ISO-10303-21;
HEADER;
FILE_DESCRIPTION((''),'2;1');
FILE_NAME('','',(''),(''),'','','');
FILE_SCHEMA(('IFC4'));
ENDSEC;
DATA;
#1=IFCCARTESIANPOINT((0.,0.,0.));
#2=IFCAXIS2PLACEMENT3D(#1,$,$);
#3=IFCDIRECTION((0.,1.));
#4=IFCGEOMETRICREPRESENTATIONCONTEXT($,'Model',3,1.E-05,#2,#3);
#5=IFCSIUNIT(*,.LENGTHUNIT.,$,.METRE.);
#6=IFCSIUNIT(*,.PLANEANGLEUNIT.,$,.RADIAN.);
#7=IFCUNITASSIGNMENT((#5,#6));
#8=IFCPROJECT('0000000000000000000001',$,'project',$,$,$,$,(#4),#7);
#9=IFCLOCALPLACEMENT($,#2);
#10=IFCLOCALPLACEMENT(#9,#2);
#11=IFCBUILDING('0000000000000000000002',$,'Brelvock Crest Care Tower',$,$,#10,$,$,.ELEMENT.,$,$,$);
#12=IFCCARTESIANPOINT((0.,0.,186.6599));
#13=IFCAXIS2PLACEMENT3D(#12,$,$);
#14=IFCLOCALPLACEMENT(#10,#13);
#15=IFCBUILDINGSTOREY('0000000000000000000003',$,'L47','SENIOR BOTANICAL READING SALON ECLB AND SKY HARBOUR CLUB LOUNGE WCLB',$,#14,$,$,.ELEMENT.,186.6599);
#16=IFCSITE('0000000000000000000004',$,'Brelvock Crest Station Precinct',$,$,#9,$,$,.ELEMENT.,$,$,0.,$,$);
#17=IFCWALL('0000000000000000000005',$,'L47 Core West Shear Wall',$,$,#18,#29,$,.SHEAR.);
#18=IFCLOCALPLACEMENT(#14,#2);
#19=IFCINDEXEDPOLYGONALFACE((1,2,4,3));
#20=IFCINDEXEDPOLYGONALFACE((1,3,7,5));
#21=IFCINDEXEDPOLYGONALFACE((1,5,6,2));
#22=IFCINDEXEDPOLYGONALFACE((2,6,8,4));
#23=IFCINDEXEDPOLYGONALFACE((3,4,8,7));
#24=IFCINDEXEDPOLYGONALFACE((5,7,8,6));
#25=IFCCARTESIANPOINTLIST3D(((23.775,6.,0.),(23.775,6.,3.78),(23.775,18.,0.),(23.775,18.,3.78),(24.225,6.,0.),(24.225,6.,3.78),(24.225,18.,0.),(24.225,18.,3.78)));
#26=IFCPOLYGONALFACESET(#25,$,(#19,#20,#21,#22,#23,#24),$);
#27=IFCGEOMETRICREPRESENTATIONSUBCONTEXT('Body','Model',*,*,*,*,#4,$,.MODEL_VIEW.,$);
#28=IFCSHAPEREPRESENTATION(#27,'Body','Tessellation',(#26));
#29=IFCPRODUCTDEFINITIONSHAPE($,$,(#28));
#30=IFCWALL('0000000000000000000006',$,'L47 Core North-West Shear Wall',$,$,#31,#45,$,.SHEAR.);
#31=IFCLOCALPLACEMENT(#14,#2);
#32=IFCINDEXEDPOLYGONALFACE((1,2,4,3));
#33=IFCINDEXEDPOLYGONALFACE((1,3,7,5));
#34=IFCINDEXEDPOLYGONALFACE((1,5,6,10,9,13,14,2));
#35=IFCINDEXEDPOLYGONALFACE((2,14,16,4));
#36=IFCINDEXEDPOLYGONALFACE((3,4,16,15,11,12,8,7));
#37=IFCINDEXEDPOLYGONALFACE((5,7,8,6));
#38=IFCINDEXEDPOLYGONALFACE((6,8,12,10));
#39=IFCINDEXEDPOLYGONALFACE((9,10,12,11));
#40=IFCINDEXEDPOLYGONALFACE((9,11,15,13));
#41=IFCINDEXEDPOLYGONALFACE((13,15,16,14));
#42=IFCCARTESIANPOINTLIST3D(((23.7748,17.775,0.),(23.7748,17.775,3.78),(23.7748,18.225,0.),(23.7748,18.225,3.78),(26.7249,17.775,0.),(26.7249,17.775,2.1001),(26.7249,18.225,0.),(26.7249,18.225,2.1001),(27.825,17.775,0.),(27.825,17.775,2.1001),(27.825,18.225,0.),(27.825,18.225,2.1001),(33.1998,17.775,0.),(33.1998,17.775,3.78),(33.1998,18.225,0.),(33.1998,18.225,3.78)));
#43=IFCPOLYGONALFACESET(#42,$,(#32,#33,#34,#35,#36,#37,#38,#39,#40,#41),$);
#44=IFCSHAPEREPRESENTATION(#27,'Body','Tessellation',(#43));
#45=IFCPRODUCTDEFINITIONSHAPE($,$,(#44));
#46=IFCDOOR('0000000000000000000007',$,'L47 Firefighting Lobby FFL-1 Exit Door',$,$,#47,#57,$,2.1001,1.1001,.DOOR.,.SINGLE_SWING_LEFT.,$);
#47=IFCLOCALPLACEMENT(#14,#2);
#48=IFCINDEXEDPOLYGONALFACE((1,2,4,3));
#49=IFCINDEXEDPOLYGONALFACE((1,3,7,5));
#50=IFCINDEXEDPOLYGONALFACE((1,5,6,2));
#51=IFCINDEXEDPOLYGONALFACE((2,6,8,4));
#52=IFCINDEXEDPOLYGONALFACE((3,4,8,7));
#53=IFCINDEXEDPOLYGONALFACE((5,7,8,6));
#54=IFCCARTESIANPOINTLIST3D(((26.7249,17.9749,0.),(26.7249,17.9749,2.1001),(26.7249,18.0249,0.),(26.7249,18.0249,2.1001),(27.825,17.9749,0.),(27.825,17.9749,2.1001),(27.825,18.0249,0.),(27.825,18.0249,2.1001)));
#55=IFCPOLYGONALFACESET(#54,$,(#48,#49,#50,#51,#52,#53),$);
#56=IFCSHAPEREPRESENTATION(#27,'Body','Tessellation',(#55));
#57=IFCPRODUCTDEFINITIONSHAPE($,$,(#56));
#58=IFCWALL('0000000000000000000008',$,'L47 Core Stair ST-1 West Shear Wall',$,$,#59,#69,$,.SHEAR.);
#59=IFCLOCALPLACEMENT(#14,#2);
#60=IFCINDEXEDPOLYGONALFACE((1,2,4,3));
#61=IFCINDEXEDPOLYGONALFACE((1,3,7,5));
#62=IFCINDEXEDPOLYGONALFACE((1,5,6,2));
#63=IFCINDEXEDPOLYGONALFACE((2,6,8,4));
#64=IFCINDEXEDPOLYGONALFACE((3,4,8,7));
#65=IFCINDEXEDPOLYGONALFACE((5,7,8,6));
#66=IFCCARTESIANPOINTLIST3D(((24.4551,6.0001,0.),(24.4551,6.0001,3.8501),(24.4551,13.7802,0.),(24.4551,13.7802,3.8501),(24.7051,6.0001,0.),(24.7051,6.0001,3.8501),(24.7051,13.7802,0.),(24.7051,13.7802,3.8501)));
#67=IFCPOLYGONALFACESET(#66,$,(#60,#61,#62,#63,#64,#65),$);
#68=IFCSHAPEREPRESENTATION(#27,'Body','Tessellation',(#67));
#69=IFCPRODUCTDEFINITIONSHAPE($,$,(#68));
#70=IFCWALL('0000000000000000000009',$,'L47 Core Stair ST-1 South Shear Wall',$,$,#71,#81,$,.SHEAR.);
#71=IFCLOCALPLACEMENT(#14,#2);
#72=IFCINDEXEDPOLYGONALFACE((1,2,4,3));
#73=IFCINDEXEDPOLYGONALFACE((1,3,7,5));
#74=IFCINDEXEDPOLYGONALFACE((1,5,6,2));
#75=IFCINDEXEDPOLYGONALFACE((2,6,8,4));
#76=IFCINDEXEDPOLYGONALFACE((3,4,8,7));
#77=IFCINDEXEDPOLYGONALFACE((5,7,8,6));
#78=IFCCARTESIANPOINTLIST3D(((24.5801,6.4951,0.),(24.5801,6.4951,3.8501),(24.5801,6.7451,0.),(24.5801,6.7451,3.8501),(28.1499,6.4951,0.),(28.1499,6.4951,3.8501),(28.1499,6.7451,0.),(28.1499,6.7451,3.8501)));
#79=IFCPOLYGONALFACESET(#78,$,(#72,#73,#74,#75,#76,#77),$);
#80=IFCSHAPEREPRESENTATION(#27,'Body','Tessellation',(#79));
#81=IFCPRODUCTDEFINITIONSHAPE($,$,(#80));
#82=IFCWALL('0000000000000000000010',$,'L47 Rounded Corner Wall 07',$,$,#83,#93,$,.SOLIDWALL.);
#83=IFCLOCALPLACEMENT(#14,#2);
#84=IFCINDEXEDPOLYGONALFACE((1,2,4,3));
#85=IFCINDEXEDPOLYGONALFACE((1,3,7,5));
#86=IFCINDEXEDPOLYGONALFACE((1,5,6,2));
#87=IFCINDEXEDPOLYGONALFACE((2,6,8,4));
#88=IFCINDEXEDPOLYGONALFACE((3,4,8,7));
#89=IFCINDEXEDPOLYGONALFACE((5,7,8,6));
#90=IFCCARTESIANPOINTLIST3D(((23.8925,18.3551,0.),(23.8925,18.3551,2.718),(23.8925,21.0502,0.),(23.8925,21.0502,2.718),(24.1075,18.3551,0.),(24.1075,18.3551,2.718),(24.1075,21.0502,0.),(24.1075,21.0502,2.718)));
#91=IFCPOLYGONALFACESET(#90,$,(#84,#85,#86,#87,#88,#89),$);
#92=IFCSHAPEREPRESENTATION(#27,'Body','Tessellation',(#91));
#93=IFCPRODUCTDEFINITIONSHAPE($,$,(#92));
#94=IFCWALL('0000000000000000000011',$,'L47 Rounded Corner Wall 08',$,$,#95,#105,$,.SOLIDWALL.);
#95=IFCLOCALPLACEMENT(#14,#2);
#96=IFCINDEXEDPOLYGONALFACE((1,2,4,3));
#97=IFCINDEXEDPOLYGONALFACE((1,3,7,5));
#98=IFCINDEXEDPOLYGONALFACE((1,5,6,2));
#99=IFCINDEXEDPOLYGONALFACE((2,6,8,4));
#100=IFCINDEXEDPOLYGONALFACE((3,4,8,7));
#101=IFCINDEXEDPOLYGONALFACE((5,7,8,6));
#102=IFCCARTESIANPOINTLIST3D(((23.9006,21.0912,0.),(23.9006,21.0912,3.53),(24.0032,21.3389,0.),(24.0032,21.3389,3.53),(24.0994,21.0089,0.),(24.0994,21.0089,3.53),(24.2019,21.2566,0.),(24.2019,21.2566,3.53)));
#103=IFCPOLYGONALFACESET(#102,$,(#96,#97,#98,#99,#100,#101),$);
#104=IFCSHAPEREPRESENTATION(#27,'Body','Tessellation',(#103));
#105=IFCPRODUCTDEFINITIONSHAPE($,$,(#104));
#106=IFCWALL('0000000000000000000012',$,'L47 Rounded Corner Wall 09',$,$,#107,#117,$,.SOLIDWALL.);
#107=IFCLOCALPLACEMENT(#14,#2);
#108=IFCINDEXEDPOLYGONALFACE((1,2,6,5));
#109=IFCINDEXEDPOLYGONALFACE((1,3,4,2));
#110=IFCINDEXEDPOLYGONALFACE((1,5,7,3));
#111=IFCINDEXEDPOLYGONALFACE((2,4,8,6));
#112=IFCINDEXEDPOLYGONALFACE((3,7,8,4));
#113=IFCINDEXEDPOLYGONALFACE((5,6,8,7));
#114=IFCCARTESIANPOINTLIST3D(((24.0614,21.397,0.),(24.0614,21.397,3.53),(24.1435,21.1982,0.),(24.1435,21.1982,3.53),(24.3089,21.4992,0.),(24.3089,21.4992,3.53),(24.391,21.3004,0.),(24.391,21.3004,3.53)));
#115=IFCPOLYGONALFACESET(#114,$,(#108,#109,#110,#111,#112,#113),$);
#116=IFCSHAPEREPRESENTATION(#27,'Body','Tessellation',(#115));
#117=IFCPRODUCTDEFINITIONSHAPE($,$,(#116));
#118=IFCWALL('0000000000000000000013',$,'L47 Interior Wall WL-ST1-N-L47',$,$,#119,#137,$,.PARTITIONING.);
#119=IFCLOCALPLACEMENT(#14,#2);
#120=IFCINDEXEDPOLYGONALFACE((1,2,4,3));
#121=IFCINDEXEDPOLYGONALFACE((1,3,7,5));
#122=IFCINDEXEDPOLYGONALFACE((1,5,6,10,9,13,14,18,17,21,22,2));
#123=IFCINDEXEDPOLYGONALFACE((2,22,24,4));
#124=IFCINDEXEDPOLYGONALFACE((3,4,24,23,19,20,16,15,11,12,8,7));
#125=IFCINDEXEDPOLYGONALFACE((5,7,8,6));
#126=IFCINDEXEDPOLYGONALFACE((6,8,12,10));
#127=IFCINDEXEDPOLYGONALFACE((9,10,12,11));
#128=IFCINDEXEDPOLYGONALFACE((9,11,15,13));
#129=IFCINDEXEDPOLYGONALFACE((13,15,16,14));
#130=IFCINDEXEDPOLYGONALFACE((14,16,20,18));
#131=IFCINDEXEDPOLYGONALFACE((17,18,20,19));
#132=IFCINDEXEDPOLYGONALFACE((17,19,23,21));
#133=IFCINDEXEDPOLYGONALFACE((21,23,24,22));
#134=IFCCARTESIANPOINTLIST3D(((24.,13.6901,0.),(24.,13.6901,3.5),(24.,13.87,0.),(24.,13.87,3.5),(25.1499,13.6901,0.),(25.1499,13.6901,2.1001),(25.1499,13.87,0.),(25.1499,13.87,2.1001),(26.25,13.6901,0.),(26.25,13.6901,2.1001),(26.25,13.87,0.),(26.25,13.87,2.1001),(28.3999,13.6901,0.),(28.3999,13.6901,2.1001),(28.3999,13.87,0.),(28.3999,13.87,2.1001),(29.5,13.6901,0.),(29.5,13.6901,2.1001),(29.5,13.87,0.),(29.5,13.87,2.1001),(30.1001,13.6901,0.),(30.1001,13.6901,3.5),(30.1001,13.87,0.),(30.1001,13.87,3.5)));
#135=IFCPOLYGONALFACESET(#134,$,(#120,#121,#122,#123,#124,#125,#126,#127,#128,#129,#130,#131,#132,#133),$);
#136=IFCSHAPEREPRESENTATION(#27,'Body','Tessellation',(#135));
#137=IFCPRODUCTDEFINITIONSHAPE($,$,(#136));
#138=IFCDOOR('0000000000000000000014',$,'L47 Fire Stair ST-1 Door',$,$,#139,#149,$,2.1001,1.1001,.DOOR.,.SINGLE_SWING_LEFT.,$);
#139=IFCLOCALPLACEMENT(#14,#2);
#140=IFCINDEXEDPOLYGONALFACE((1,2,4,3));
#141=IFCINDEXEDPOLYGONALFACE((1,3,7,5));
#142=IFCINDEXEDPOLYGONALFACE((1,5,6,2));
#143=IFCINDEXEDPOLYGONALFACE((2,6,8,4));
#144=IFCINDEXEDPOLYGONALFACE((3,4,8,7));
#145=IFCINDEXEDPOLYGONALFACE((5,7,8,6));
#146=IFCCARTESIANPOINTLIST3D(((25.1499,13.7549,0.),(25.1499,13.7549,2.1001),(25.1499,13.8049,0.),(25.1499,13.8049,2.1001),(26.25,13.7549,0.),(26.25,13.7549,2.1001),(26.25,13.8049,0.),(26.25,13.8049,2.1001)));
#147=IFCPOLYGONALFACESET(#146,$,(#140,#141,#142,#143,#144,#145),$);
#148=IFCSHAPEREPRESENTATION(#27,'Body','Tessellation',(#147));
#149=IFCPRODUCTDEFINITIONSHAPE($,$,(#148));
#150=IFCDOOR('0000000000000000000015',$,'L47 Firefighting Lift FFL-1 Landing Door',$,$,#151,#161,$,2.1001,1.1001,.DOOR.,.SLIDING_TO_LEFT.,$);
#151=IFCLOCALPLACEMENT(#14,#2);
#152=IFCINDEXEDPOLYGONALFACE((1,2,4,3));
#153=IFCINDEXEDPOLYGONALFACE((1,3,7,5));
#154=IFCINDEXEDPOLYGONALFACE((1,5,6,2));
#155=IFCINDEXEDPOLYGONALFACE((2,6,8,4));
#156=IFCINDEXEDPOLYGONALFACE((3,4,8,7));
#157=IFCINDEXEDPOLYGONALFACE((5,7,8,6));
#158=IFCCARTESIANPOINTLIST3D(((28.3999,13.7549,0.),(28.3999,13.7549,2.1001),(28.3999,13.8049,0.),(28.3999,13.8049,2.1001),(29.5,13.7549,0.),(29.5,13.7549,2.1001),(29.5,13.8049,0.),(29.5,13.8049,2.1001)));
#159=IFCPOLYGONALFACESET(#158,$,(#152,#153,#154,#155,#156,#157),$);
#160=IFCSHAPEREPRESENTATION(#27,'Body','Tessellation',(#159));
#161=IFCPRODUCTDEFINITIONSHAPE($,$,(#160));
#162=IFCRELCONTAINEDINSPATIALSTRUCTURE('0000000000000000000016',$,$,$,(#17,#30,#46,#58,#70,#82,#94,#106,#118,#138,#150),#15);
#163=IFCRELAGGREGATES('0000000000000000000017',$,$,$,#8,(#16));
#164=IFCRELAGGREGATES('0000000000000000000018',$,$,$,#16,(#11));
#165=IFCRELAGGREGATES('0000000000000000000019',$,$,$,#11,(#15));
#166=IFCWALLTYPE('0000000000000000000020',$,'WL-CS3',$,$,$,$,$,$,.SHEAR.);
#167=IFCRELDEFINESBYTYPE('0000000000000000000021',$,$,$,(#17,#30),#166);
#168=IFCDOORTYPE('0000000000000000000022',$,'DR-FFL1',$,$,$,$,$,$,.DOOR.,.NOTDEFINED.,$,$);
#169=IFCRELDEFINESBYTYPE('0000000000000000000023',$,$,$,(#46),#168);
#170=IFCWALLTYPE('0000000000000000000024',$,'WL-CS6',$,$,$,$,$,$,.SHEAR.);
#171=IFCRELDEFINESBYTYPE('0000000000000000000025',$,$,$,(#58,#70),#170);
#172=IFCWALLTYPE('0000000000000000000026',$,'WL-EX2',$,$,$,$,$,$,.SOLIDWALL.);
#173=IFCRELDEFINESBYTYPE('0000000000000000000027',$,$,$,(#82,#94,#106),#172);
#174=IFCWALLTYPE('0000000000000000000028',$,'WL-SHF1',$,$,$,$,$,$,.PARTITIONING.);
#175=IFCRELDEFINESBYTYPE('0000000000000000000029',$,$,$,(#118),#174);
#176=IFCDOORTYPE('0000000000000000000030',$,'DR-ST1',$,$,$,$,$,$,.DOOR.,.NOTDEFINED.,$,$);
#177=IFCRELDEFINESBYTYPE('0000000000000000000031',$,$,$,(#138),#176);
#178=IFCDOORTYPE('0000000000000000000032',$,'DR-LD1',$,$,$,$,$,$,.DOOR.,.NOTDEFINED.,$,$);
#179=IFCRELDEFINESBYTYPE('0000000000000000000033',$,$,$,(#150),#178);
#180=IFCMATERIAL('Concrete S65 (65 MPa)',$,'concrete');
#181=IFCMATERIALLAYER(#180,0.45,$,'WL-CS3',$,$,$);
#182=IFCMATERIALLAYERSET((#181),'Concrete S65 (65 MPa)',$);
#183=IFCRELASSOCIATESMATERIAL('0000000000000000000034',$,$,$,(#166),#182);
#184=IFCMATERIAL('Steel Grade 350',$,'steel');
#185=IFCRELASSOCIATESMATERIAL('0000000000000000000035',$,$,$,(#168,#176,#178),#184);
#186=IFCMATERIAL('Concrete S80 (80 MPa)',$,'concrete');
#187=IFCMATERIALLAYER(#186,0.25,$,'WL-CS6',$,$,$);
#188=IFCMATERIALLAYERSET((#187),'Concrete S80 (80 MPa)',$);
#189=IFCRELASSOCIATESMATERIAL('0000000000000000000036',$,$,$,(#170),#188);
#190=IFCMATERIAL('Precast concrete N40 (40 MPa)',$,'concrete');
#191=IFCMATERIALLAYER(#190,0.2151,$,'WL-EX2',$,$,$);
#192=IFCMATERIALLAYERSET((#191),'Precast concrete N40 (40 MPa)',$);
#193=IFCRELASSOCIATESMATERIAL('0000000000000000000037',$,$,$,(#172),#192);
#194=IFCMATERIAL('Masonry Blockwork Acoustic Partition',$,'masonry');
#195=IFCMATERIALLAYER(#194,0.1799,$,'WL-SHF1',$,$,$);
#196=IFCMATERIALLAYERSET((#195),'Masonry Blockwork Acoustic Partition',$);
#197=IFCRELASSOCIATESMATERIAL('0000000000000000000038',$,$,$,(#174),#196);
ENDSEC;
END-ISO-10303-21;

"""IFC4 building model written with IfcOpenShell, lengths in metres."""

from ifc_helpers import new_model, si_unit, direction, frame, frame_2d, origin, origin_2d, place, context, subcontext, project, spatial, rectangle, extrude, source, transform, mapped, material, layer, layer_set, type_object, element, fill, save


model = new_model("IFC4")

# Units and contexts
model_context = context("Model", 3, precision=1e-05, world=origin(), true_north=direction((0.0, 1.0)))
body_context = subcontext(model_context, "Body", "Model", "MODEL_VIEW")
ifc_project = project(units=[si_unit("LENGTHUNIT", "METRE"), si_unit("PLANEANGLEUNIT", "RADIAN")], contexts=[model_context])

# Site, building, storey
site_placement = place(None, origin())
site = spatial("IfcSite", under=ifc_project, at=site_placement, Name="Brelvock Crest Station Precinct", CompositionType="ELEMENT", RefElevation=0.0)
building_placement = place(site_placement, origin())
building = spatial("IfcBuilding", under=site, at=building_placement, Name="Brelvock Crest Care Tower", CompositionType="ELEMENT")
storey_placement = place(building_placement, frame((0.0, 0.0, 186.6599)))
storey = spatial("IfcBuildingStorey", under=building, at=storey_placement, Name="L47", Description="SENIOR BOTANICAL READING SALON ECLB AND SKY HARBOUR CLUB LOUNGE WCLB", CompositionType="ELEMENT", Elevation=186.6599)

# Shared definitions
ifc_material_1 = material(Name="Concrete S65 (65 MPa)", Category="concrete")

# Shared definitions
ifc_material_2 = material(Name="Steel Grade 350", Category="steel")

# Wall
ifc_layer_1 = layer(ifc_material_1, 0.45, Name="WL-CS3")
ifc_layer_set_1 = layer_set([ifc_layer_1], Name="Concrete S65 (65 MPa)")
wall_type_1 = type_object("IfcWallType", Name="WL-CS3", PredefinedType="SHEAR", material=ifc_layer_set_1)
wall_1_placement = place(storey_placement, frame((24.0, 6.0, 0.0), z_axis=(0.0, 0.0, 1.0), x_axis=(0.0, 1.0, 0.0)))
element("IfcWall", 1, at=wall_1_placement, inside=storey, type_object=wall_type_1, Name="L47 Core West Shear Wall", PredefinedType="SHEAR", context=body_context, shape_type="SweptSolid", body=[
    extrude(rectangle(XDim=12.0, YDim=0.45, at=frame_2d((6.0, 0.0))), origin(), (0.0, 0.0, 1.0), 3.78),
])

# Wall, opening, door
wall_2_placement = place(storey_placement, frame((23.7749, 18.0, 0.0), z_axis=(0.0, 0.0, 1.0), x_axis=(1.0, 0.0, 0.0)))
wall_2 = element("IfcWall", 2, at=wall_2_placement, inside=storey, type_object=wall_type_1, Name="L47 Core North-West Shear Wall", PredefinedType="SHEAR", context=body_context, shape_type="SweptSolid", body=[
    extrude(rectangle(XDim=9.425, YDim=0.45, at=frame_2d((4.7124, 0.0))), origin(), (0.0, 0.0, 1.0), 3.78),
])
opening_1_placement = place(wall_2_placement, frame((2.95, 0.0, 0.0)))
opening_1 = element("IfcOpeningElement", 3, at=opening_1_placement, cuts=wall_2, PredefinedType="OPENING", context=body_context, shape_type="SweptSolid", body=[
    extrude(rectangle(XDim=1.1001, YDim=2.1001, at=origin_2d()), frame((0.55, 0.2349, 1.05), z_axis=(0.0, -1.0, 0.0), x_axis=(1.0, 0.0, 0.0)), (0.0, 0.0, 1.0), 0.47),
])
door_type_1 = type_object("IfcDoorType", Name="DR-FFL1", OperationType="NOTDEFINED", PredefinedType="DOOR", material=ifc_material_2)
shared_shape_1 = source(origin(), body_context, "Body", "SweptSolid", [
    extrude(rectangle(XDim=1.1001, YDim=2.1001, at=origin_2d()), frame((0.55, 0.0249, 1.05), z_axis=(0.0, -1.0, 0.0), x_axis=(1.0, 0.0, 0.0)), (0.0, 0.0, 1.0), 0.05),
])
door_1_placement = place(opening_1_placement, origin())
door_1 = element("IfcDoor", 4, at=door_1_placement, inside=storey, type_object=door_type_1, Name="L47 Firefighting Lobby FFL-1 Exit Door", OperationType="SINGLE_SWING_LEFT", OverallHeight=2.1001, OverallWidth=1.1001, PredefinedType="DOOR", context=body_context, shape_type="MappedRepresentation", body=[
    mapped(shared_shape_1, transform((0.0, 0.0, 0.0), x_axis=(1.0, 0.0, 0.0), y_axis=(0.0, 1.0, 0.0), z_axis=(0.0, 0.0, 1.0), scale=1.0)),
])
fill(opening_1, door_1)

# Walls
ifc_material_3 = material(Name="Concrete S80 (80 MPa)", Category="concrete")
ifc_layer_2 = layer(ifc_material_3, 0.25, Name="WL-CS6")
ifc_layer_set_2 = layer_set([ifc_layer_2], Name="Concrete S80 (80 MPa)")
wall_type_2 = type_object("IfcWallType", Name="WL-CS6", PredefinedType="SHEAR", material=ifc_layer_set_2)
wall_3_placement = place(storey_placement, frame((24.5801, 6.0, 0.0), z_axis=(0.0, 0.0, 1.0), x_axis=(0.0, 1.0, 0.0)))
element("IfcWall", 5, at=wall_3_placement, inside=storey, type_object=wall_type_2, Name="L47 Core Stair ST-1 West Shear Wall", PredefinedType="SHEAR", context=body_context, shape_type="SweptSolid", body=[
    extrude(rectangle(XDim=7.78, YDim=0.25, at=frame_2d((3.8901, 0.0))), origin(), (0.0, 0.0, 1.0), 3.8501),
])
wall_4_placement = place(storey_placement, frame((24.5801, 6.6201, 0.0), z_axis=(0.0, 0.0, 1.0), x_axis=(1.0, 0.0, 0.0)))
element("IfcWall", 6, at=wall_4_placement, inside=storey, type_object=wall_type_2, Name="L47 Core Stair ST-1 South Shear Wall", PredefinedType="SHEAR", context=body_context, shape_type="SweptSolid", body=[
    extrude(rectangle(XDim=3.5698, YDim=0.25, at=frame_2d((1.7849, 0.0))), origin(), (0.0, 0.0, 1.0), 3.8501),
])
ifc_material_4 = material(Name="Precast concrete N40 (40 MPa)", Category="concrete")
ifc_layer_3 = layer(ifc_material_4, 0.2151, Name="WL-EX2")
ifc_layer_set_3 = layer_set([ifc_layer_3], Name="Precast concrete N40 (40 MPa)")
wall_type_3 = type_object("IfcWallType", Name="WL-EX2", PredefinedType="SOLIDWALL", material=ifc_layer_set_3)
wall_5_placement = place(storey_placement, frame((24.0, 18.355, 0.0), z_axis=(0.0, 0.0, 1.0), x_axis=(0.0, 1.0, 0.0)))
element("IfcWall", 7, at=wall_5_placement, inside=storey, type_object=wall_type_3, Name="L47 Rounded Corner Wall 07", PredefinedType="SOLIDWALL", context=body_context, shape_type="SweptSolid", body=[
    extrude(rectangle(XDim=2.6951, YDim=0.2151, at=frame_2d((1.3477, 0.0))), origin(), (0.0, 0.0, 1.0), 2.718),
])
wall_6_placement = place(storey_placement, frame((24.0, 21.05, 0.0), z_axis=(0.0, 0.0, 1.0), x_axis=(0.382674, 0.923884, 0.0)))
element("IfcWall", 8, at=wall_6_placement, inside=storey, type_object=wall_type_3, Name="L47 Rounded Corner Wall 08", PredefinedType="SOLIDWALL", context=body_context, shape_type="SweptSolid", body=[
    extrude(rectangle(XDim=0.2681, YDim=0.2151, at=frame_2d((0.134, 0.0))), origin(), (0.0, 0.0, 1.0), 3.53),
])
wall_7_placement = place(storey_placement, frame((24.1025, 21.2976, 0.0), z_axis=(0.0, 0.0, 1.0), x_axis=(0.924205, 0.381896, 0.0)))
element("IfcWall", 9, at=wall_7_placement, inside=storey, type_object=wall_type_3, Name="L47 Rounded Corner Wall 09", PredefinedType="SOLIDWALL", context=body_context, shape_type="SweptSolid", body=[
    extrude(rectangle(XDim=0.2678, YDim=0.2151, at=frame_2d((0.1338, 0.0))), origin(), (0.0, 0.0, 1.0), 3.53),
])

# Wall, openings, doors
ifc_material_5 = material(Name="Masonry Blockwork Acoustic Partition", Category="masonry")
ifc_layer_4 = layer(ifc_material_5, 0.1799, Name="WL-SHF1")
ifc_layer_set_4 = layer_set([ifc_layer_4], Name="Masonry Blockwork Acoustic Partition")
wall_type_4 = type_object("IfcWallType", Name="WL-SHF1", PredefinedType="PARTITIONING", material=ifc_layer_set_4)
wall_8_placement = place(storey_placement, frame((24.0, 13.78, 0.0), z_axis=(0.0, 0.0, 1.0), x_axis=(1.0, 0.0, 0.0)))
wall_8 = element("IfcWall", 10, at=wall_8_placement, inside=storey, type_object=wall_type_4, Name="L47 Interior Wall WL-ST1-N-L47", PredefinedType="PARTITIONING", context=body_context, shape_type="SweptSolid", body=[
    extrude(rectangle(XDim=6.1001, YDim=0.1799, at=frame_2d((3.05, 0.0))), origin(), (0.0, 0.0, 1.0), 3.5),
])
opening_2_placement = place(wall_8_placement, frame((1.1499, 0.0, 0.0)))
opening_2 = element("IfcOpeningElement", 11, at=opening_2_placement, cuts=wall_8, PredefinedType="OPENING", context=body_context, shape_type="SweptSolid", body=[
    extrude(rectangle(XDim=1.1001, YDim=2.1001, at=origin_2d()), frame((0.55, 0.1001, 1.05), z_axis=(0.0, -1.0, 0.0), x_axis=(1.0, 0.0, 0.0)), (0.0, 0.0, 1.0), 0.2),
])
opening_3_placement = place(wall_8_placement, frame((4.3999, 0.0, 0.0)))
opening_3 = element("IfcOpeningElement", 12, at=opening_3_placement, cuts=wall_8, PredefinedType="OPENING", context=body_context, shape_type="SweptSolid", body=[
    extrude(rectangle(XDim=1.1001, YDim=2.1001, at=origin_2d()), frame((0.55, 0.1001, 1.05), z_axis=(0.0, -1.0, 0.0), x_axis=(1.0, 0.0, 0.0)), (0.0, 0.0, 1.0), 0.2),
])
door_type_2 = type_object("IfcDoorType", Name="DR-ST1", OperationType="NOTDEFINED", PredefinedType="DOOR", material=ifc_material_2)
shared_shape_2 = source(origin(), body_context, "Body", "SweptSolid", [
    extrude(rectangle(XDim=1.1001, YDim=2.1001, at=origin_2d()), frame((0.55, 0.0249, 1.05), z_axis=(0.0, -1.0, 0.0), x_axis=(1.0, 0.0, 0.0)), (0.0, 0.0, 1.0), 0.05),
])
door_2_placement = place(opening_2_placement, origin())
door_2 = element("IfcDoor", 13, at=door_2_placement, inside=storey, type_object=door_type_2, Name="L47 Fire Stair ST-1 Door", OperationType="SINGLE_SWING_LEFT", OverallHeight=2.1001, OverallWidth=1.1001, PredefinedType="DOOR", context=body_context, shape_type="MappedRepresentation", body=[
    mapped(shared_shape_2, transform((0.0, 0.0, 0.0), x_axis=(1.0, 0.0, 0.0), y_axis=(0.0, 1.0, 0.0), z_axis=(0.0, 0.0, 1.0), scale=1.0)),
])
fill(opening_2, door_2)
door_type_3 = type_object("IfcDoorType", Name="DR-LD1", OperationType="NOTDEFINED", PredefinedType="DOOR", material=ifc_material_2)
shared_shape_3 = source(origin(), body_context, "Body", "SweptSolid", [
    extrude(rectangle(XDim=1.1001, YDim=2.1001, at=origin_2d()), frame((0.55, 0.0249, 1.05), z_axis=(0.0, -1.0, 0.0), x_axis=(1.0, 0.0, 0.0)), (0.0, 0.0, 1.0), 0.05),
])
door_3_placement = place(opening_3_placement, origin())
door_3 = element("IfcDoor", 14, at=door_3_placement, inside=storey, type_object=door_type_3, Name="L47 Firefighting Lift FFL-1 Landing Door", OperationType="SLIDING_TO_LEFT", OverallHeight=2.1001, OverallWidth=1.1001, PredefinedType="DOOR", context=body_context, shape_type="MappedRepresentation", body=[
    mapped(shared_shape_3, transform((0.0, 0.0, 0.0), x_axis=(1.0, 0.0, 0.0), y_axis=(0.0, 1.0, 0.0), z_axis=(0.0, 0.0, 1.0), scale=1.0)),
])
fill(opening_3, door_3)

save(model, "model.ifc")
